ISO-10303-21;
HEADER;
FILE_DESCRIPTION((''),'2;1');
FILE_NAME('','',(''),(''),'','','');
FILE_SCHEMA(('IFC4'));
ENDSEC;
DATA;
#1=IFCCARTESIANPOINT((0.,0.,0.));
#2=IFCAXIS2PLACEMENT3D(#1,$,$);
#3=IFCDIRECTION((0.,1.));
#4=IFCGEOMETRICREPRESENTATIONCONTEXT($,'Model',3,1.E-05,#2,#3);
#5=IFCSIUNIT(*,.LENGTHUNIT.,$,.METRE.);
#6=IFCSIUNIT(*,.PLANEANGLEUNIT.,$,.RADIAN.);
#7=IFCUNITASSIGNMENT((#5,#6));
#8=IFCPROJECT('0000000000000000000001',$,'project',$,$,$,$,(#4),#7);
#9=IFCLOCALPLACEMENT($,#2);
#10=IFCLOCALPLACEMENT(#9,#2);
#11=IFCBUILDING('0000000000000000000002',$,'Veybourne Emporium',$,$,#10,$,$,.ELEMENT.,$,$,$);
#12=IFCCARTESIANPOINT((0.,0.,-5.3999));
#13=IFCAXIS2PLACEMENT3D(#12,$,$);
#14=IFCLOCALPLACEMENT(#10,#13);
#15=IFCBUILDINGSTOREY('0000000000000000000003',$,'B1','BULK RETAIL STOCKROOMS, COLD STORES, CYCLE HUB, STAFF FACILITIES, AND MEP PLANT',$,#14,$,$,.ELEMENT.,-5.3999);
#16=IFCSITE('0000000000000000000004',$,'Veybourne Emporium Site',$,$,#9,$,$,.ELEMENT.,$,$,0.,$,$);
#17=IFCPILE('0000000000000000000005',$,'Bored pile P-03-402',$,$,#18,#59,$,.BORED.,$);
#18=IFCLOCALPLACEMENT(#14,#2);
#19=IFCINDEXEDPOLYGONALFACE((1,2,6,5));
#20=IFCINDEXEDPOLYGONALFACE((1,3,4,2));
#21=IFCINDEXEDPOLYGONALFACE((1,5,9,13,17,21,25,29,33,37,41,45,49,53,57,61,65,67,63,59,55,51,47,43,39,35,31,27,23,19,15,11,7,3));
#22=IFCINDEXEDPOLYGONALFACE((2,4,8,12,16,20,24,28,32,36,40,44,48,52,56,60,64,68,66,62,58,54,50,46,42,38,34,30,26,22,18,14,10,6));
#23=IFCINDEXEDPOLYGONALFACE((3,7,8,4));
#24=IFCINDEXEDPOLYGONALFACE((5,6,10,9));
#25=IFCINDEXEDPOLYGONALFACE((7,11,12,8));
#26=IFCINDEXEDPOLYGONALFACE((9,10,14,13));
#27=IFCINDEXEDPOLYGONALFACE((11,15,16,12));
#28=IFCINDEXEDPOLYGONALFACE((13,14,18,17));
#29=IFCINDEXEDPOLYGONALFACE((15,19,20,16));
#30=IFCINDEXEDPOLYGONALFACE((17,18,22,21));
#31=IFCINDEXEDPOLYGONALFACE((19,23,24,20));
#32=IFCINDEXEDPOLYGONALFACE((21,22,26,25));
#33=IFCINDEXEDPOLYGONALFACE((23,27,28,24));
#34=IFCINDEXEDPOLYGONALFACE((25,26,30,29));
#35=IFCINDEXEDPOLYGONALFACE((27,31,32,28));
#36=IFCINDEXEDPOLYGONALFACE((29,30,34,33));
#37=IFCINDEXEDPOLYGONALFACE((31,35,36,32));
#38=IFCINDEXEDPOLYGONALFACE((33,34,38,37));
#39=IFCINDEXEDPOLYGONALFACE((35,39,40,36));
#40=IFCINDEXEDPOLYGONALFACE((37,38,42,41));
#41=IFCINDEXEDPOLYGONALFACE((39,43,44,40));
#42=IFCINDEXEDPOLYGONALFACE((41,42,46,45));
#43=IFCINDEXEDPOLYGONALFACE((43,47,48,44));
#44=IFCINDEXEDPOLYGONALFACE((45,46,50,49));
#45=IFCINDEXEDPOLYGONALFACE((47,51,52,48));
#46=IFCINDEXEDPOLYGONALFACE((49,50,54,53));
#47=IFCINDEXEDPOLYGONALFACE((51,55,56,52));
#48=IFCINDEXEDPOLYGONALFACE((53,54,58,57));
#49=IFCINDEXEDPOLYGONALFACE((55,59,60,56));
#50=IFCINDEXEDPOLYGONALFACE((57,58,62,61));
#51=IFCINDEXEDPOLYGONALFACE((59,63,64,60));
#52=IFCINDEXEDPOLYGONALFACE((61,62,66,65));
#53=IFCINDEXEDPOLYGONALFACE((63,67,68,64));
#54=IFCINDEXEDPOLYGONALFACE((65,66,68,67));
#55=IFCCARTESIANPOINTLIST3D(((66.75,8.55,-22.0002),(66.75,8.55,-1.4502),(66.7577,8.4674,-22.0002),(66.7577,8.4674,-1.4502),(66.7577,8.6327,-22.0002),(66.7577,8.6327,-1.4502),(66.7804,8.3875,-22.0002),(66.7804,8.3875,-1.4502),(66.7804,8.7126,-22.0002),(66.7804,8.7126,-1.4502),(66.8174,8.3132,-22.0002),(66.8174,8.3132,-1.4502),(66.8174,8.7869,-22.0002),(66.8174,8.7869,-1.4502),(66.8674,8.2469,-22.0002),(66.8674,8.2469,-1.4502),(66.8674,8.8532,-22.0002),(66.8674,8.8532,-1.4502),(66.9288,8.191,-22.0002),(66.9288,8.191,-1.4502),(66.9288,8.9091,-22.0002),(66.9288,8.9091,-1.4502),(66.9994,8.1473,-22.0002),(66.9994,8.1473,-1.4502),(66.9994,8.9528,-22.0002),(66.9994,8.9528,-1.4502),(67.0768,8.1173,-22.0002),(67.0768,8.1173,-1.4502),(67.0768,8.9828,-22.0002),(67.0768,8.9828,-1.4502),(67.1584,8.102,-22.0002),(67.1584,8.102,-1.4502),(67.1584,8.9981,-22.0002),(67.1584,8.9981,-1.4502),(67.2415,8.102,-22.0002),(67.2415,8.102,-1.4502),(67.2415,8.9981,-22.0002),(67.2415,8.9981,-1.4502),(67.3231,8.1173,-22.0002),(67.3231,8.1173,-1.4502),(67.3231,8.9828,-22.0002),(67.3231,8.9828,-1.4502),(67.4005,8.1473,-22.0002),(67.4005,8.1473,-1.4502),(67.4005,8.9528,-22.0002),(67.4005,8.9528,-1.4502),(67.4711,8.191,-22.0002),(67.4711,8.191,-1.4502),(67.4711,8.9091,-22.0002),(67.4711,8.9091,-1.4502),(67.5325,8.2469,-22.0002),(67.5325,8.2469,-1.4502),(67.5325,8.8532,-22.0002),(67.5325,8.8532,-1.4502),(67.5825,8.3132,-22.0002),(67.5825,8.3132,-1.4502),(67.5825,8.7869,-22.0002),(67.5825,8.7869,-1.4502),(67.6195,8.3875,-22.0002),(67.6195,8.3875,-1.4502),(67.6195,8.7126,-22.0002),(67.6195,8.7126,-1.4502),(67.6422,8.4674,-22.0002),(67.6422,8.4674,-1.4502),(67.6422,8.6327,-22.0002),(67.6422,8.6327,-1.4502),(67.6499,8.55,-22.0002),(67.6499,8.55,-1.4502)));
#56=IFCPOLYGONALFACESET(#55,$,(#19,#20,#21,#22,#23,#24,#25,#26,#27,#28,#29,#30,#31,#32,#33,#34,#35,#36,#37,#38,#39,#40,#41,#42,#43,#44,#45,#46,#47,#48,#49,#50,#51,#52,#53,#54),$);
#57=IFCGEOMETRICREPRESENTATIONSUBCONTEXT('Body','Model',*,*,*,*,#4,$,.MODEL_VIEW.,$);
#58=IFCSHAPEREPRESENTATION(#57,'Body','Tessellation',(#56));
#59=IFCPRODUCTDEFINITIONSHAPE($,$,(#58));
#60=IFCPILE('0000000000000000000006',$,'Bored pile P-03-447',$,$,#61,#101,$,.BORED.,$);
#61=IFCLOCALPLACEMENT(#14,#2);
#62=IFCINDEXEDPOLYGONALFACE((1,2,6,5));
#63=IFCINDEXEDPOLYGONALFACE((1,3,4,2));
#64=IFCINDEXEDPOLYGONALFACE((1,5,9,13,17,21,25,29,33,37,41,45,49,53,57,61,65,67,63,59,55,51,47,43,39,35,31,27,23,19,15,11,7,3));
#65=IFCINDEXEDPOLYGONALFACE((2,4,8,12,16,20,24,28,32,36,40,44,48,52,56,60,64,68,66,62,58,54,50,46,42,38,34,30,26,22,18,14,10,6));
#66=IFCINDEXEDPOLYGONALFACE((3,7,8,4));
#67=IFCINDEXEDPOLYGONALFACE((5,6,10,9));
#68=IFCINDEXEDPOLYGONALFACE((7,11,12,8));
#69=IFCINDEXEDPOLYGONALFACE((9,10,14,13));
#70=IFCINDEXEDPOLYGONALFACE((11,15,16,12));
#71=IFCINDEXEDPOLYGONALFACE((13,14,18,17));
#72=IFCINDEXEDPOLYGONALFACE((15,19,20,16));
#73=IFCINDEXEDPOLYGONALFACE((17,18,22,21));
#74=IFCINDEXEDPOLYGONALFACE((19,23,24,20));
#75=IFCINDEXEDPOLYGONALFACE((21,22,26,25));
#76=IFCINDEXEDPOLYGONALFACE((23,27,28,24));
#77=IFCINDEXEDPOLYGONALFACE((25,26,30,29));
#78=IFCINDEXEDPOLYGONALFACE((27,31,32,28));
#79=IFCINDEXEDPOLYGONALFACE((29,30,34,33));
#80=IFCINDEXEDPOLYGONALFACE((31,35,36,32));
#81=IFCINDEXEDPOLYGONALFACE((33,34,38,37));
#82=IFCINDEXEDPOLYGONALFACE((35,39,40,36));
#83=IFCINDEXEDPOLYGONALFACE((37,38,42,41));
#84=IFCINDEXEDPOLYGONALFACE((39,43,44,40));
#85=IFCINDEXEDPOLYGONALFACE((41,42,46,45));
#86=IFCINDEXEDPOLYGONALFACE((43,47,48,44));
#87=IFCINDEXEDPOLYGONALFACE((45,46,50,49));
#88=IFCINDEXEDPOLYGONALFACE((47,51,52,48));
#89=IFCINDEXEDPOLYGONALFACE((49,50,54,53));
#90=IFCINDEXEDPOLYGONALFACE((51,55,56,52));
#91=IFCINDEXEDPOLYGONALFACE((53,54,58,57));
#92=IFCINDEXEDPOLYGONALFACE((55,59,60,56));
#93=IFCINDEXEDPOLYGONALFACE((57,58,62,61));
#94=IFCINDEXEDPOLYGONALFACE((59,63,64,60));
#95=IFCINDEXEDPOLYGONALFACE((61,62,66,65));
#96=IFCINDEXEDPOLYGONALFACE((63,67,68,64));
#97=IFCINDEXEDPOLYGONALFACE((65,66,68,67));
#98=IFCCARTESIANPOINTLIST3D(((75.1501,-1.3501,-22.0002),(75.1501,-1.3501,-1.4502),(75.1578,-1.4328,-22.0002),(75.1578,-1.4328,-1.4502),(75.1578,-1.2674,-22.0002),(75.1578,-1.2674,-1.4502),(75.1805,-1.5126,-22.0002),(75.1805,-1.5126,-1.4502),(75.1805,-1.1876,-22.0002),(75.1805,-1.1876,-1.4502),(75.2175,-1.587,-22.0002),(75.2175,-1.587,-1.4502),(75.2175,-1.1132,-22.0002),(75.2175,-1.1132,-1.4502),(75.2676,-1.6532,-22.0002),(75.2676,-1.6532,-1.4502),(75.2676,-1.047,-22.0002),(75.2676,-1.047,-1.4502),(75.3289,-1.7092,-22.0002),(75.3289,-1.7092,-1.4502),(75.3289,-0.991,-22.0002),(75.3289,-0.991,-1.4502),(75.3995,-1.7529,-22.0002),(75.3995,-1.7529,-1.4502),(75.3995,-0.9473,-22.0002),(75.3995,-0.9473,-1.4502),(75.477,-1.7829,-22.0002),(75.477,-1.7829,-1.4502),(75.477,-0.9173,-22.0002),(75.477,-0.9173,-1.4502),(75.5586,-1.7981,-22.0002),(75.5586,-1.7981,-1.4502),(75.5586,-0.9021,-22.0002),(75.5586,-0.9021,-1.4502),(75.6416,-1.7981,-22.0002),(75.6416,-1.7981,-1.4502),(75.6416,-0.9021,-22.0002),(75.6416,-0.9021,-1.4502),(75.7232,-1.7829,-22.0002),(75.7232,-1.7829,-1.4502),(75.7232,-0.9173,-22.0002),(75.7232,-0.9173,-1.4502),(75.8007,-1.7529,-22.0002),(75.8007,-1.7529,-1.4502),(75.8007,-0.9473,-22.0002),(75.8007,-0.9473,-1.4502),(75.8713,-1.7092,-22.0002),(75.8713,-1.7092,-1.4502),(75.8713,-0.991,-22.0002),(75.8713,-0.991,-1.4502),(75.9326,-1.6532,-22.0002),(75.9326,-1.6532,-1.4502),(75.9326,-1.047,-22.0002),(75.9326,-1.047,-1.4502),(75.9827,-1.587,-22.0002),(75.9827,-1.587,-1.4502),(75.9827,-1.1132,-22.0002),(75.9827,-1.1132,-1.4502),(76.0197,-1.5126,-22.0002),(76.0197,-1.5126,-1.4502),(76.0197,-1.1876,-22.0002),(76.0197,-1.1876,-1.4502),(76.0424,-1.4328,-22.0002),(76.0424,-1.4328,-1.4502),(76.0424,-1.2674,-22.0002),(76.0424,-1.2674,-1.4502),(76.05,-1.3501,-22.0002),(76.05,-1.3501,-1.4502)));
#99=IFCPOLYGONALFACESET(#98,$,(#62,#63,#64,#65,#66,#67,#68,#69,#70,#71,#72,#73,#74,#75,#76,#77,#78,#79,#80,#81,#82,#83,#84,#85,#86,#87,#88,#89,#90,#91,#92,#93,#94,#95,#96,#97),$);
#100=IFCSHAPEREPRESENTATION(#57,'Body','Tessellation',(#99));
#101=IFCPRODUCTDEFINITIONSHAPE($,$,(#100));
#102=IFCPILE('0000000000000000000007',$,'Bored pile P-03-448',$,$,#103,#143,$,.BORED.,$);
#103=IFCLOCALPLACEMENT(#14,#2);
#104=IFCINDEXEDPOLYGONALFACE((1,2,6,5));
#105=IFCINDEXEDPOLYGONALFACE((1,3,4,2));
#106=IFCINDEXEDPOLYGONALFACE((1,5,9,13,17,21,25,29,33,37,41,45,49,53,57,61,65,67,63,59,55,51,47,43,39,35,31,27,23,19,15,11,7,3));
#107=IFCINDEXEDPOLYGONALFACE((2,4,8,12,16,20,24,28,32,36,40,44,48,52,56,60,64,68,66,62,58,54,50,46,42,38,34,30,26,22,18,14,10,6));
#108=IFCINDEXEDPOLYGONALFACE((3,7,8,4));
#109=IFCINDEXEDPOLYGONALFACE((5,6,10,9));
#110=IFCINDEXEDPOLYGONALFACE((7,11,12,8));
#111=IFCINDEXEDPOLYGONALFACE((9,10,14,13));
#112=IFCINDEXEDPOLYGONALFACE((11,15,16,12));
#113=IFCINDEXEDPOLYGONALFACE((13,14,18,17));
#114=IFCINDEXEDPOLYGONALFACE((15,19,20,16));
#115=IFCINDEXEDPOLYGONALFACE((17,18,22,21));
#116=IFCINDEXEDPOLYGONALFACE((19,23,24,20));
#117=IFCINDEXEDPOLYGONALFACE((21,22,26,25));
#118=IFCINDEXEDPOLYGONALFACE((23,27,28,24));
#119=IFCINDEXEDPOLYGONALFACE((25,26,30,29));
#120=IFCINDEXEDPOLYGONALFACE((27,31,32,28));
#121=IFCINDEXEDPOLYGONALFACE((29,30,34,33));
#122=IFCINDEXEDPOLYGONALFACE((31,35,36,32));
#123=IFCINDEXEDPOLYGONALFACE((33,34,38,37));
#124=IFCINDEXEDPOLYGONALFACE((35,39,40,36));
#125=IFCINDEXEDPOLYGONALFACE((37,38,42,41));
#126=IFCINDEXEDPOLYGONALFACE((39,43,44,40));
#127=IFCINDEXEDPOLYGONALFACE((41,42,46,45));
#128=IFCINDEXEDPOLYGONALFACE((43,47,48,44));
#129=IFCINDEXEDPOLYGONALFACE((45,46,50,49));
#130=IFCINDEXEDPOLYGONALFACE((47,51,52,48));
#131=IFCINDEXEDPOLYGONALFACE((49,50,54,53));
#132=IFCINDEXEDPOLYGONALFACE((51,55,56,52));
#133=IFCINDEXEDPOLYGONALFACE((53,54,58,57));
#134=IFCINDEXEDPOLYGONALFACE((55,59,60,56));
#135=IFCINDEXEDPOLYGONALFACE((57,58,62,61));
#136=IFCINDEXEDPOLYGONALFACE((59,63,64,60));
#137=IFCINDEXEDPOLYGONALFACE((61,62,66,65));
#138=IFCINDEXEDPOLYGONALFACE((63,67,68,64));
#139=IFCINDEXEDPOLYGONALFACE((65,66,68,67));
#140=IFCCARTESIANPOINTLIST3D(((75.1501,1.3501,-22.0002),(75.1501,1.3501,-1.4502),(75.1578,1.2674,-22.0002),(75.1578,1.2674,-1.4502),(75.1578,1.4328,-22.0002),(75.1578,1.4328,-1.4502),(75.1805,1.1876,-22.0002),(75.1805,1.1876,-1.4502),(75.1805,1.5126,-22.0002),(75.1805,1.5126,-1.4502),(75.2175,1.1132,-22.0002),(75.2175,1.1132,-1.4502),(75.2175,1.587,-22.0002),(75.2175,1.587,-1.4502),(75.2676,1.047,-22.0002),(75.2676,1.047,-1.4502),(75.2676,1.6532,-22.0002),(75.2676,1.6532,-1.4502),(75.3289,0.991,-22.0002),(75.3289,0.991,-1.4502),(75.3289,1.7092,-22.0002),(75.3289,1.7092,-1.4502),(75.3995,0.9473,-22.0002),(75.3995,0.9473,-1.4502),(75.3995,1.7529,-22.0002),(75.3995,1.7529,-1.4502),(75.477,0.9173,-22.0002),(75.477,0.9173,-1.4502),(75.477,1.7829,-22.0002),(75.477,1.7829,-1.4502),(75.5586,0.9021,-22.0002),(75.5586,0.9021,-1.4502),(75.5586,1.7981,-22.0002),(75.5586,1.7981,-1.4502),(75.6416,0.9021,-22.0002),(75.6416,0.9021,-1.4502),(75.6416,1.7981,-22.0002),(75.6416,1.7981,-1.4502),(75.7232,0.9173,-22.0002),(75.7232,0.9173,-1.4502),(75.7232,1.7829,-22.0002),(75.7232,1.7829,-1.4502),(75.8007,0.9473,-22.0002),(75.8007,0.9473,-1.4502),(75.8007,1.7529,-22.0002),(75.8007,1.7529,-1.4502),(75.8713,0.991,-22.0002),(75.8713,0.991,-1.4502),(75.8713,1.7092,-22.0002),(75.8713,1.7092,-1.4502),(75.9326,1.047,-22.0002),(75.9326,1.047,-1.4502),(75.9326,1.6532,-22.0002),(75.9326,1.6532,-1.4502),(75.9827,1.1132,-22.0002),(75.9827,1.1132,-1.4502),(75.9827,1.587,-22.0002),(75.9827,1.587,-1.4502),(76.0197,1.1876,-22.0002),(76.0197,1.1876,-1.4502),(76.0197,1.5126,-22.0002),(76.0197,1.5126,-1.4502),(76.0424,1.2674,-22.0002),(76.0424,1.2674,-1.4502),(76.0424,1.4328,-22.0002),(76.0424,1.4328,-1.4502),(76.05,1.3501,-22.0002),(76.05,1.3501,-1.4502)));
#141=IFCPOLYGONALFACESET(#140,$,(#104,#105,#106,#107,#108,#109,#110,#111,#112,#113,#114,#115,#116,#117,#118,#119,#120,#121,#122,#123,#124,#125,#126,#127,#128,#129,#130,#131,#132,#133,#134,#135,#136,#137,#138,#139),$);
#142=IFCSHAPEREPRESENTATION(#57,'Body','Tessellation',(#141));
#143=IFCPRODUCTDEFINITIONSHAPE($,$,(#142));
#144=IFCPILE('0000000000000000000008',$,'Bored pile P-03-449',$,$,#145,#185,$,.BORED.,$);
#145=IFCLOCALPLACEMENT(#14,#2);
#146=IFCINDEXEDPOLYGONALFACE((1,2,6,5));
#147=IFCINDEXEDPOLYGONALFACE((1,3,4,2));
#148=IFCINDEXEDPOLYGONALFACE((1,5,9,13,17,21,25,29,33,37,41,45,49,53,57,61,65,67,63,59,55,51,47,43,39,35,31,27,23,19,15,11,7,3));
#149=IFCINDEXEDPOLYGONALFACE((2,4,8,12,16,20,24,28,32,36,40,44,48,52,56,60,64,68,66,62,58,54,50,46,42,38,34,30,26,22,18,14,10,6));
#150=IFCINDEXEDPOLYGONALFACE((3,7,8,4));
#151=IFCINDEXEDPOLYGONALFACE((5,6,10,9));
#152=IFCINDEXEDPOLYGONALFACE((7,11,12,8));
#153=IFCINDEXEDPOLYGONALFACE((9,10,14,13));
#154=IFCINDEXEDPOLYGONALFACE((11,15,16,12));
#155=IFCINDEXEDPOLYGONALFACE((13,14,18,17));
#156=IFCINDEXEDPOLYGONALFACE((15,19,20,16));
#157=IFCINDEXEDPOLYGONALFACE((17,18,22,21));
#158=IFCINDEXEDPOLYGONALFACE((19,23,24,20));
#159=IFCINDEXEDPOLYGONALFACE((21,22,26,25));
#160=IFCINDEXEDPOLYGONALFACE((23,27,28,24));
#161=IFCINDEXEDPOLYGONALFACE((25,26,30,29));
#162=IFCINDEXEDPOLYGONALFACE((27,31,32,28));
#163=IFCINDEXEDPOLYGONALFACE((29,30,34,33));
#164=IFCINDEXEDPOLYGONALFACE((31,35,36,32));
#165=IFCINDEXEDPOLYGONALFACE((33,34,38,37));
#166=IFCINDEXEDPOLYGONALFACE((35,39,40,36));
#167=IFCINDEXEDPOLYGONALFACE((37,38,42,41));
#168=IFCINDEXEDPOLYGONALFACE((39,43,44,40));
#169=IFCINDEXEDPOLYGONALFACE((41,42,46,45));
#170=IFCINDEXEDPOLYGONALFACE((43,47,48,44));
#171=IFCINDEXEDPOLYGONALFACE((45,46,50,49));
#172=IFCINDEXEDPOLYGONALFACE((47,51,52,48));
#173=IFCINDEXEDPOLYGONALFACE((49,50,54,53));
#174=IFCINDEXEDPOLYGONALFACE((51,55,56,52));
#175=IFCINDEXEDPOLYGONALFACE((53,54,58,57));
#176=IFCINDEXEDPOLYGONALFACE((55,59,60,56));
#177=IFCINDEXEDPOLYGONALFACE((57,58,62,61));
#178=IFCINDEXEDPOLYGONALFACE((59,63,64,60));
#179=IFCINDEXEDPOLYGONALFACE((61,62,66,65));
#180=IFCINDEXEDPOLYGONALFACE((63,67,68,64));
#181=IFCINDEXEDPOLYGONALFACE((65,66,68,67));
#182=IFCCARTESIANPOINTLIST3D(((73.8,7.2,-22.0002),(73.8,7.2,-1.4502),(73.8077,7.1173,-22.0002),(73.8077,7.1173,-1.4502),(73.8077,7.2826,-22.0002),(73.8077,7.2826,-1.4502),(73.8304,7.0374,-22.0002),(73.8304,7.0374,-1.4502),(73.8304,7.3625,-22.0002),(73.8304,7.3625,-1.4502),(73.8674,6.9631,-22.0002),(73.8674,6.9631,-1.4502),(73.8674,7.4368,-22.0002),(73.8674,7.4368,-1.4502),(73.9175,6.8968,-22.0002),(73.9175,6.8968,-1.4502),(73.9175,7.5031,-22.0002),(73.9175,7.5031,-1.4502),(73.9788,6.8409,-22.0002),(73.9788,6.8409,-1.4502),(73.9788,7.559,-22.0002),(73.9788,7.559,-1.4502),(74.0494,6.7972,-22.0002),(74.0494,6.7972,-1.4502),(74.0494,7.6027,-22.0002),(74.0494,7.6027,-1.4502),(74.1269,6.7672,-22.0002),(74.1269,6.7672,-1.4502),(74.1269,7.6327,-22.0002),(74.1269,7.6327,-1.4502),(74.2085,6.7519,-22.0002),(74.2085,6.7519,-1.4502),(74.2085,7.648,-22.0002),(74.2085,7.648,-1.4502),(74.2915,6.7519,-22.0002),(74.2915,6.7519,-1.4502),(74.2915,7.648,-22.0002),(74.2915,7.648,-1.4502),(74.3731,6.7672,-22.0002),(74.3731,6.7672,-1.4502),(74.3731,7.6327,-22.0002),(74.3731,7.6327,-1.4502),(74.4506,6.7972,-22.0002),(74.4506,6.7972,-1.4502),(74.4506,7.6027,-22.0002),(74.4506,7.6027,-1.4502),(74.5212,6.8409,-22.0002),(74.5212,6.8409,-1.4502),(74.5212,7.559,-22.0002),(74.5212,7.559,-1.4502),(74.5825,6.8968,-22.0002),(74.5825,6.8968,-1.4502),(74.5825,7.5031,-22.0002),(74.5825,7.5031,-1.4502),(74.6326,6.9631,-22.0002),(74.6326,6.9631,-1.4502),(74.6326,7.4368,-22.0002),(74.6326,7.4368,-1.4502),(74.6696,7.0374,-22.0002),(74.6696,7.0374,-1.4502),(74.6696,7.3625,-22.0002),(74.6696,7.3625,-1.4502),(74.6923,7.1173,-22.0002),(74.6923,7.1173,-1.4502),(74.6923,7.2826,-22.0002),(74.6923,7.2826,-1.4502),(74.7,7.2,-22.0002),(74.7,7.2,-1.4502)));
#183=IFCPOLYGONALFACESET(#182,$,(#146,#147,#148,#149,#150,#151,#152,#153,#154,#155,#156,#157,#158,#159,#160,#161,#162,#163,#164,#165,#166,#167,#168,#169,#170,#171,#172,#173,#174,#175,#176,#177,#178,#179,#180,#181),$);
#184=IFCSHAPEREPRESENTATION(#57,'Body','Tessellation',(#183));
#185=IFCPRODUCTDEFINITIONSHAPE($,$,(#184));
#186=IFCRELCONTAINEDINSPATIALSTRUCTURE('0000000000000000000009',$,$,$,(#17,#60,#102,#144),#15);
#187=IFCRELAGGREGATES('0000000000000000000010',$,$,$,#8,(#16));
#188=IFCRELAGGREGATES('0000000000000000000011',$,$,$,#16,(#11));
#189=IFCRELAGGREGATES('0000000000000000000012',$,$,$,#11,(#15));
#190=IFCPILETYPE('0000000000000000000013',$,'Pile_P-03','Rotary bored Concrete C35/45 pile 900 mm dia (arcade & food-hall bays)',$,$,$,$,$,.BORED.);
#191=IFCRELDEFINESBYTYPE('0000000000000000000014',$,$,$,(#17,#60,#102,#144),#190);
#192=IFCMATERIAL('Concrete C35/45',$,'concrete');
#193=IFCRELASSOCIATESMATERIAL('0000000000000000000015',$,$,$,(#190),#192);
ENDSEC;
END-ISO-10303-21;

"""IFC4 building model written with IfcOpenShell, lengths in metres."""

from ifc_helpers import new_model, si_unit, direction, frame, origin, origin_2d, place, context, subcontext, project, spatial, circle, extrude, material, material_profile, profile_set, type_object, element, save


model = new_model("IFC4")

# Units and contexts
model_context = context("Model", 3, precision=1e-05, world=origin(), true_north=direction((0.0, 1.0)))
body_context = subcontext(model_context, "Body", "Model", "MODEL_VIEW")
ifc_project = project(units=[si_unit("LENGTHUNIT", "METRE"), si_unit("PLANEANGLEUNIT", "RADIAN")], contexts=[model_context])

# Site, building, storey
site_placement = place(None, origin())
site = spatial("IfcSite", under=ifc_project, at=site_placement, Name="Veybourne Emporium Site", CompositionType="ELEMENT", RefElevation=0.0)
building_placement = place(site_placement, origin())
building = spatial("IfcBuilding", under=site, at=building_placement, Name="Veybourne Emporium", CompositionType="ELEMENT")
storey_placement = place(building_placement, frame((0.0, 0.0, -5.3999)))
storey = spatial("IfcBuildingStorey", under=building, at=storey_placement, Name="B1", Description="BULK RETAIL STOCKROOMS, COLD STORES, CYCLE HUB, STAFF FACILITIES, AND MEP PLANT", CompositionType="ELEMENT", Elevation=-5.3999)

# Shared definitions
ifc_material_1 = material(Name="Concrete C35/45", Category="concrete")

# Piles
ifc_material_profile_1 = material_profile(ifc_material_1, circle(Radius=0.45, at=origin_2d()), Name="BORED PILE 900")
ifc_profile_set_1 = profile_set([ifc_material_profile_1], Name="Concrete C35/45")
pile_type = type_object("IfcPileType", Name="Pile_P-03", Description="Rotary bored Concrete C35/45 pile 900 mm dia (arcade & food-hall bays)", PredefinedType="BORED", material=ifc_profile_set_1)
for number, where, z_axis, x_axis, name in (
    (1, (67.2, 8.55, -1.4502), (0.0, 0.0, -1.0), (1.0, 0.0, 0.0), "Bored pile P-03-402"),
    (2, (75.6001, -1.3501, -1.4502), (0.0, 0.0, -1.0), (1.0, 0.0, 0.0), "Bored pile P-03-447"),
    (3, (75.6001, 1.3501, -1.4502), (0.0, 0.0, -1.0), (1.0, 0.0, 0.0), "Bored pile P-03-448"),
    (4, (74.25, 7.2, -1.4502), (0.0, 0.0, -1.0), (1.0, 0.0, 0.0), "Bored pile P-03-449"),
):
    element("IfcPile", number, at=place(storey_placement, frame(where, z_axis=z_axis, x_axis=x_axis)), inside=storey, type_object=pile_type, Name=name, PredefinedType="BORED", context=body_context, shape_type="SweptSolid", body=[
        extrude(circle(Radius=0.45, at=origin_2d()), origin(), (0.0, 0.0, 1.0), 20.55),
    ])

save(model, "model.ifc")
